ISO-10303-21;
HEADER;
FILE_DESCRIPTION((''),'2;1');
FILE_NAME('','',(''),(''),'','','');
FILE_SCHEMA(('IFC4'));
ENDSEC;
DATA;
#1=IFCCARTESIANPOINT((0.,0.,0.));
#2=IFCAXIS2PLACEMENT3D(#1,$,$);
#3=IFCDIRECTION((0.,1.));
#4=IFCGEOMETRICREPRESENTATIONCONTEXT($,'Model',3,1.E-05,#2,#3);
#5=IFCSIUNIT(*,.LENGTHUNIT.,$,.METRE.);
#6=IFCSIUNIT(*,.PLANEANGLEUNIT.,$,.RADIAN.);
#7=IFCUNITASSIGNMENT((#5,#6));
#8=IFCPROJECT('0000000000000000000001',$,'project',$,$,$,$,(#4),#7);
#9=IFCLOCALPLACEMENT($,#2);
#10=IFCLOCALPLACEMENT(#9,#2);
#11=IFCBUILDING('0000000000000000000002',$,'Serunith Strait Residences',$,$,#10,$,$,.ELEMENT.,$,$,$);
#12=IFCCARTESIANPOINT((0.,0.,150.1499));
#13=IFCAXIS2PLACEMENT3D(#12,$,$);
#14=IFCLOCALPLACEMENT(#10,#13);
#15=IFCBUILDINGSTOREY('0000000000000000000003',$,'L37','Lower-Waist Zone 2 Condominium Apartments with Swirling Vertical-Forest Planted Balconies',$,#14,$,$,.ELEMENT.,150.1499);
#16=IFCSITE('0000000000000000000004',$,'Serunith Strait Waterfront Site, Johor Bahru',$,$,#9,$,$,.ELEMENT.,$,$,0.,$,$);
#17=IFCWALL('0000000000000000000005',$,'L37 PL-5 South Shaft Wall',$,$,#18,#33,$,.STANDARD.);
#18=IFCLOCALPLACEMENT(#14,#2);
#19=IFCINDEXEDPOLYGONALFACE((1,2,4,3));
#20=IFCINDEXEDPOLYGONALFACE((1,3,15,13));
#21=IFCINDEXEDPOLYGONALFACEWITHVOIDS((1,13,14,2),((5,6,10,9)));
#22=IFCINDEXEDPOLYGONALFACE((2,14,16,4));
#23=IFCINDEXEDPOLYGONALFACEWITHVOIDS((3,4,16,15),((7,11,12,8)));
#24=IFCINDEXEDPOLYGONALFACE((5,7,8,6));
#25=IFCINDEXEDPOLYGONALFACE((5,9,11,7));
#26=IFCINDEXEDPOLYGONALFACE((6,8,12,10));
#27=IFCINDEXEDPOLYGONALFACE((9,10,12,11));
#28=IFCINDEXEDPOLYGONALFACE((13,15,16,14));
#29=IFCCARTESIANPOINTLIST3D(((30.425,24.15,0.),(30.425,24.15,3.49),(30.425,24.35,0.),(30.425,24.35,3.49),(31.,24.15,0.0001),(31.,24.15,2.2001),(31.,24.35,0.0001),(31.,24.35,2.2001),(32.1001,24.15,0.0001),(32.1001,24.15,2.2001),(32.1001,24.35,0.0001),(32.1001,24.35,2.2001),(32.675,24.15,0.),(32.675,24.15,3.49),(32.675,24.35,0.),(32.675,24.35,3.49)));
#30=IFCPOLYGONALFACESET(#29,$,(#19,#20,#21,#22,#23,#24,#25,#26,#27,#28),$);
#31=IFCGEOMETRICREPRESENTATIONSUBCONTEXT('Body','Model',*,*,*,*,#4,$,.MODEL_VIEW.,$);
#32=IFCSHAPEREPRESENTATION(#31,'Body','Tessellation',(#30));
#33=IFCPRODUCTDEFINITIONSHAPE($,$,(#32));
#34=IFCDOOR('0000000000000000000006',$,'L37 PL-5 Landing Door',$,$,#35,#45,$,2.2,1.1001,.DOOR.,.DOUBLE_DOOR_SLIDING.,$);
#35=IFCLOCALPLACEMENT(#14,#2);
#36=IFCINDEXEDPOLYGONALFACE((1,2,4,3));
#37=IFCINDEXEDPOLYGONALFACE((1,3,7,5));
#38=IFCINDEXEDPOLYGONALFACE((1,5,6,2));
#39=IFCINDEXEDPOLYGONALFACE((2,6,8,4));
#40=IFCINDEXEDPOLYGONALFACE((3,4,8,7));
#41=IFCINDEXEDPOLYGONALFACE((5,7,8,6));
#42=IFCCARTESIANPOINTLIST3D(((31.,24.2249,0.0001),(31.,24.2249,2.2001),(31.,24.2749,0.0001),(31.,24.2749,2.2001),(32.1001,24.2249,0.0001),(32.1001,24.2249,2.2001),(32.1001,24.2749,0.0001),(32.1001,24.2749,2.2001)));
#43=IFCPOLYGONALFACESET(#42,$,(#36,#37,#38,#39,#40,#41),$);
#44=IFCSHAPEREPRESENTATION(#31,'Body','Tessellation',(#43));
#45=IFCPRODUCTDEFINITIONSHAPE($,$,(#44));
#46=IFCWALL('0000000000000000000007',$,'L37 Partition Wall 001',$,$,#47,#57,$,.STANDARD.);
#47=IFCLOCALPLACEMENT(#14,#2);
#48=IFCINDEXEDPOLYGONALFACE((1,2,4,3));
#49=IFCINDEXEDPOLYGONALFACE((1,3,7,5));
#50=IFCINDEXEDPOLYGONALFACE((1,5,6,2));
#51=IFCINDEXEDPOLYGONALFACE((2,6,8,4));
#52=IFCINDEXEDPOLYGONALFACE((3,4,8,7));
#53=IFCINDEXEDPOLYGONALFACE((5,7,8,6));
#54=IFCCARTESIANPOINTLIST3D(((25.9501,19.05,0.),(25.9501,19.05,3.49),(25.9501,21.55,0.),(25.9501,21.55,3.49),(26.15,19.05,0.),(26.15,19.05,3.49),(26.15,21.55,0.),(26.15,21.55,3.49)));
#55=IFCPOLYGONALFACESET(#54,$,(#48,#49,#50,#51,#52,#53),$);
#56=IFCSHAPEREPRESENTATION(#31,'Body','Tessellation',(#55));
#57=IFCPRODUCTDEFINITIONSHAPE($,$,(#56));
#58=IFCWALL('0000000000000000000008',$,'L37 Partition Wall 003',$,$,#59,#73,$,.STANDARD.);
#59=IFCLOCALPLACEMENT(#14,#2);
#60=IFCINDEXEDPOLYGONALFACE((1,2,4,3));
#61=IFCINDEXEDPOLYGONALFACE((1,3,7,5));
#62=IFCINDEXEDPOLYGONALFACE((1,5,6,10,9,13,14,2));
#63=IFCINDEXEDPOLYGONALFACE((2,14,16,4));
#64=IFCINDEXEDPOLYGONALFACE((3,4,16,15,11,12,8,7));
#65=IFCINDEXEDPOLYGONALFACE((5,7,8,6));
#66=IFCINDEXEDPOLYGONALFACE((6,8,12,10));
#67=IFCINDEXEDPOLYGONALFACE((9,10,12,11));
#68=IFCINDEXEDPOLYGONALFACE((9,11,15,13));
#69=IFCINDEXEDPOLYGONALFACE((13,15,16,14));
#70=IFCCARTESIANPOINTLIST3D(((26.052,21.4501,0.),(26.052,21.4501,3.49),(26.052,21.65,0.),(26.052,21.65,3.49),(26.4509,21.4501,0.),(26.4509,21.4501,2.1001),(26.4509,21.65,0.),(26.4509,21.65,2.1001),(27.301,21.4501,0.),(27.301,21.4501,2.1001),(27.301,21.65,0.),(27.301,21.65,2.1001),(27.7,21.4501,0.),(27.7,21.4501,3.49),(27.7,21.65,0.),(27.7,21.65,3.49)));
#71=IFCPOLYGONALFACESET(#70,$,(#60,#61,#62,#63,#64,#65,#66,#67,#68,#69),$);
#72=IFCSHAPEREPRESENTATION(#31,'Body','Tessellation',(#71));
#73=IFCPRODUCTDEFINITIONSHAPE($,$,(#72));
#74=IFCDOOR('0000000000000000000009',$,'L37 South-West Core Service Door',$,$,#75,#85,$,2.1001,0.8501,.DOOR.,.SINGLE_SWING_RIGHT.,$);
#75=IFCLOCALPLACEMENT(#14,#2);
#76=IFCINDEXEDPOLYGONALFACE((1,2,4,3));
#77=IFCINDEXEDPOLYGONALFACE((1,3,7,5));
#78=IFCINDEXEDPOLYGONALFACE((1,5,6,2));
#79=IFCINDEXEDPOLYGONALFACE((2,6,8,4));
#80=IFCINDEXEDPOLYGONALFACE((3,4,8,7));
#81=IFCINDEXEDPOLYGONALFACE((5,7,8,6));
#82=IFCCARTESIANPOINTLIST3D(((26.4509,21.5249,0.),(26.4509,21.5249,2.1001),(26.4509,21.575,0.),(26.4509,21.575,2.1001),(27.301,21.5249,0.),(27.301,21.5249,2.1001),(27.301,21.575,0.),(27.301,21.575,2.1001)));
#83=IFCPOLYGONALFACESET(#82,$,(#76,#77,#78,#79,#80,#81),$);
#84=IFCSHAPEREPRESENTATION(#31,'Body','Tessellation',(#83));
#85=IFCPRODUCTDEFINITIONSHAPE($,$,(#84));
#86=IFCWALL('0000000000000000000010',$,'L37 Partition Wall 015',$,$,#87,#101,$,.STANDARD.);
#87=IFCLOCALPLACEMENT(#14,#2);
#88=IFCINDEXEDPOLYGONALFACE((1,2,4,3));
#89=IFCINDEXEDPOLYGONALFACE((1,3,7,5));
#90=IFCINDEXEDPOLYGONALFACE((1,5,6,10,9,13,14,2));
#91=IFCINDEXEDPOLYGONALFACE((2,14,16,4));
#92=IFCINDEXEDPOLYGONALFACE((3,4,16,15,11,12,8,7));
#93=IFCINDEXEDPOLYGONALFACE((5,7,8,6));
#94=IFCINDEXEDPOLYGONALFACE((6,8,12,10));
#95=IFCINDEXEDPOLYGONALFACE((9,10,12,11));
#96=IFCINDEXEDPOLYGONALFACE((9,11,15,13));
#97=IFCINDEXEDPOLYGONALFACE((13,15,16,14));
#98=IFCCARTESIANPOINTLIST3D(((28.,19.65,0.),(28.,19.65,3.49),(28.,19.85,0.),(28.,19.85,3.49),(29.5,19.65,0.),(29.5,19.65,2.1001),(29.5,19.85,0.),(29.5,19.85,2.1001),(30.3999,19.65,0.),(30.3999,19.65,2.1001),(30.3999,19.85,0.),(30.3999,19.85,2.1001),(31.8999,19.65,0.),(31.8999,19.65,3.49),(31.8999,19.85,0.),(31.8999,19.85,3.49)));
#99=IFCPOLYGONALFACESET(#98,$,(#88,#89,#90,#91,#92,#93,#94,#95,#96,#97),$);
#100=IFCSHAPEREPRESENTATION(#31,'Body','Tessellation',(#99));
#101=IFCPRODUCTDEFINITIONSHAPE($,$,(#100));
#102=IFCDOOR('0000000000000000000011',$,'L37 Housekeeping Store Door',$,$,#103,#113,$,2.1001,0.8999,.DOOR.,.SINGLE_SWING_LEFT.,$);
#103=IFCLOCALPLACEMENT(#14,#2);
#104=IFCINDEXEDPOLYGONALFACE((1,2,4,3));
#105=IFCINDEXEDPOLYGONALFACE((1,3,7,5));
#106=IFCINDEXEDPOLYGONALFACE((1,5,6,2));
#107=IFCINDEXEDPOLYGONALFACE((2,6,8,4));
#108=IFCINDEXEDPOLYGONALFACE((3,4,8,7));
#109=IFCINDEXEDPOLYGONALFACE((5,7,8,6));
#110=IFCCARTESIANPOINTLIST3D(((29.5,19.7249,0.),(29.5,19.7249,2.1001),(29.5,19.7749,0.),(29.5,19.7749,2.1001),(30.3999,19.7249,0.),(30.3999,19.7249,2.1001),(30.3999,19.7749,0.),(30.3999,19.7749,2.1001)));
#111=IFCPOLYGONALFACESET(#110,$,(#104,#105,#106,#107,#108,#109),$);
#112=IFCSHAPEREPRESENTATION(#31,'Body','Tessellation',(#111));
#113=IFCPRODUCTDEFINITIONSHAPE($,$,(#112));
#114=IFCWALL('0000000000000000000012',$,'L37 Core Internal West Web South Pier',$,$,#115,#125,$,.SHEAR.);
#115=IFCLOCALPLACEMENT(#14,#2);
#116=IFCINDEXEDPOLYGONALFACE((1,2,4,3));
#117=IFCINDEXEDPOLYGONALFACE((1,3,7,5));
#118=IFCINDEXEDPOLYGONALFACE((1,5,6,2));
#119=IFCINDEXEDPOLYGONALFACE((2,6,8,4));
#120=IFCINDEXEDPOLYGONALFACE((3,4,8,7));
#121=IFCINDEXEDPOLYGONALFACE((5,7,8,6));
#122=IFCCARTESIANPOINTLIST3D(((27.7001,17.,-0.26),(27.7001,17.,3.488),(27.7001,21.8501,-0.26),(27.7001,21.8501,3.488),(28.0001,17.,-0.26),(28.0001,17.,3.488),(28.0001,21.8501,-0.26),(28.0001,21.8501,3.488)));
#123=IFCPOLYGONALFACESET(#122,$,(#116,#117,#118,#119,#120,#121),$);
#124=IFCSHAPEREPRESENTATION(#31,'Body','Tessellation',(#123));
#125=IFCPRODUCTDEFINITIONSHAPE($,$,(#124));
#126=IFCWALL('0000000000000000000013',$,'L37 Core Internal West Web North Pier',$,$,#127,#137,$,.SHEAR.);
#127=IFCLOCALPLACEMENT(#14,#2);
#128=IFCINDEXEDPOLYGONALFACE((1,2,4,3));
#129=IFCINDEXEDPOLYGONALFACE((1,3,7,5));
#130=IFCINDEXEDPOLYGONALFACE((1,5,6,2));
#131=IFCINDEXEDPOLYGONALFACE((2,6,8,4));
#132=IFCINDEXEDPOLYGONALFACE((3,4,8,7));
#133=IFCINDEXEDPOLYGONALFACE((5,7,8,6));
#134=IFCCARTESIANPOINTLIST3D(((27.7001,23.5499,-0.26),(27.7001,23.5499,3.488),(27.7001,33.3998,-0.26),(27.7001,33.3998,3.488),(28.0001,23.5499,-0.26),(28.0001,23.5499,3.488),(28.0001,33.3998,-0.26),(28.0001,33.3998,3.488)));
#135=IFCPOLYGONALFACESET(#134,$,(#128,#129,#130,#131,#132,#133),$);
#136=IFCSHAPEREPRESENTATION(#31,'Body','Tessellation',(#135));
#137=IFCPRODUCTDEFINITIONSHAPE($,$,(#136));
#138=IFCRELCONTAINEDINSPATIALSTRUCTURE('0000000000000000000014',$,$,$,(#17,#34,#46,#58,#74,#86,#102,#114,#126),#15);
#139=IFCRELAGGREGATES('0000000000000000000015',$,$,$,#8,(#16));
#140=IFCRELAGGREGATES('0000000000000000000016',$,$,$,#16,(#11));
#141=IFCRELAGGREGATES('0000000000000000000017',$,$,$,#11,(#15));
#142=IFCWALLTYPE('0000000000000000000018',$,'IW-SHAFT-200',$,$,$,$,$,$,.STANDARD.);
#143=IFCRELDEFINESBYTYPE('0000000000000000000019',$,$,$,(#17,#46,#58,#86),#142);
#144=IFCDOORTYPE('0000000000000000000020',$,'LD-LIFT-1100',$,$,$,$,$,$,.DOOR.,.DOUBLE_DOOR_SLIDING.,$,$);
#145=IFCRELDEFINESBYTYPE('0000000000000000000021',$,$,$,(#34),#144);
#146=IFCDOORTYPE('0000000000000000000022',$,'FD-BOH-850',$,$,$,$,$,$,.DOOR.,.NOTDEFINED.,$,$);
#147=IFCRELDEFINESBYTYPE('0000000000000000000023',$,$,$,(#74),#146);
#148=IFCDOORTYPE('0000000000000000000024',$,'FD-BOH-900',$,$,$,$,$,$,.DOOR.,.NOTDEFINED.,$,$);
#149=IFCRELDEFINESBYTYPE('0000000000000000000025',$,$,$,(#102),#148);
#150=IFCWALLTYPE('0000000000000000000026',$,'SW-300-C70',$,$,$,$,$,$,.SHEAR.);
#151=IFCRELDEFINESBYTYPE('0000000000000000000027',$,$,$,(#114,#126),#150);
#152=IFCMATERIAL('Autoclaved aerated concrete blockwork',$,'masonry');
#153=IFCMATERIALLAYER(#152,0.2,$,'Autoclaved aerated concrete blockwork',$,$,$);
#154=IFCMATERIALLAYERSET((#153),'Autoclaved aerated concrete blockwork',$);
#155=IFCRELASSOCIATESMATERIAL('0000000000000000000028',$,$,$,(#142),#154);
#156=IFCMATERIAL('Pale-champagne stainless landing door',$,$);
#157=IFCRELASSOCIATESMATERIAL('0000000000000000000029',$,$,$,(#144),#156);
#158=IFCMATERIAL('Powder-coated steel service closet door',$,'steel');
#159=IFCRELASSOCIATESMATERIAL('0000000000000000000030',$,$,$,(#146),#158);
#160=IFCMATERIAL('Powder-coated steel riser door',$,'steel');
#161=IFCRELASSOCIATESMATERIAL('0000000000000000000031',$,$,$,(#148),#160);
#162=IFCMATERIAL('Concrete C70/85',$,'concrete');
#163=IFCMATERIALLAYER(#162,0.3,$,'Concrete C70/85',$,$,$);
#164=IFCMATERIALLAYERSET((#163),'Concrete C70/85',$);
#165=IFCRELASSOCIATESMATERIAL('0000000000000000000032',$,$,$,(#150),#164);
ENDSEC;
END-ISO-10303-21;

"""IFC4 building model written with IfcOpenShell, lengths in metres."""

from ifc_helpers import new_model, si_unit, direction, frame, frame_2d, origin, place, context, subcontext, project, spatial, rectangle, extrude, source, transform, mapped, material, layer, layer_set, type_object, element, fill, save


model = new_model("IFC4")

# Units and contexts
model_context = context("Model", 3, precision=1e-05, world=origin(), true_north=direction((0.0, 1.0)))
body_context = subcontext(model_context, "Body", "Model", "MODEL_VIEW")
ifc_project = project(units=[si_unit("LENGTHUNIT", "METRE"), si_unit("PLANEANGLEUNIT", "RADIAN")], contexts=[model_context])

# Site, building, storey
site_placement = place(None, origin())
site = spatial("IfcSite", under=ifc_project, at=site_placement, Name="Serunith Strait Waterfront Site, Johor Bahru", CompositionType="ELEMENT", RefElevation=0.0)
building_placement = place(site_placement, origin())
building = spatial("IfcBuilding", under=site, at=building_placement, Name="Serunith Strait Residences", CompositionType="ELEMENT")
storey_placement = place(building_placement, frame((0.0, 0.0, 150.1499)))
storey = spatial("IfcBuildingStorey", under=building, at=storey_placement, Name="L37", Description="Lower-Waist Zone 2 Condominium Apartments with Swirling Vertical-Forest Planted Balconies", CompositionType="ELEMENT", Elevation=150.1499)

# Wall, opening, door
ifc_material_1 = material(Name="Autoclaved aerated concrete blockwork", Category="masonry")
ifc_layer_1 = layer(ifc_material_1, 0.2, Name="Autoclaved aerated concrete blockwork")
ifc_layer_set_1 = layer_set([ifc_layer_1], Name="Autoclaved aerated concrete blockwork")
wall_type_1 = type_object("IfcWallType", Name="IW-SHAFT-200", PredefinedType="STANDARD", material=ifc_layer_set_1)
ifc_material_2 = material(Name="Pale-champagne stainless landing door")
door_type_1 = type_object("IfcDoorType", Name="LD-LIFT-1100", OperationType="DOUBLE_DOOR_SLIDING", PredefinedType="DOOR", material=ifc_material_2)
shared_shape_1 = source(origin(), body_context, "Body", "SweptSolid", [
    extrude(rectangle(XDim=1.1001, YDim=2.2, at=frame_2d((0.55, 1.1001))), frame((0.0, 0.0249, 0.0), z_axis=(0.0, -1.0, 0.0), x_axis=(1.0, 0.0, 0.0)), (0.0, 0.0, 1.0), 0.05),
])
wall_1_placement = place(storey_placement, frame((30.425, 24.25, 0.0), z_axis=(0.0, 0.0, 1.0), x_axis=(1.0, 0.0, 0.0)))
wall_1 = element("IfcWall", 1, at=wall_1_placement, inside=storey, type_object=wall_type_1, Name="L37 PL-5 South Shaft Wall", PredefinedType="STANDARD", context=body_context, shape_type="SweptSolid", body=[
    extrude(rectangle(XDim=2.25, YDim=0.2, at=frame_2d((1.125, 0.0))), origin(), (0.0, 0.0, 1.0), 3.49),
])
opening_1_placement = place(wall_1_placement, frame((0.575, 0.0, 0.0)))
opening_1 = element("IfcOpeningElement", 2, at=opening_1_placement, cuts=wall_1, PredefinedType="OPENING", context=body_context, shape_type="SweptSolid", body=[
    extrude(rectangle(XDim=1.1001, YDim=2.2, at=frame_2d((0.55, 1.1001))), frame((0.0, 0.1099, 0.0), z_axis=(0.0, -1.0, 0.0), x_axis=(1.0, 0.0, 0.0)), (0.0, 0.0, 1.0), 0.22),
])
door_1_placement = place(opening_1_placement, origin())
door_1 = element("IfcDoor", 3, at=door_1_placement, inside=storey, type_object=door_type_1, Name="L37 PL-5 Landing Door", OperationType="DOUBLE_DOOR_SLIDING", OverallHeight=2.2, OverallWidth=1.1001, PredefinedType="DOOR", context=body_context, shape_type="MappedRepresentation", body=[
    mapped(shared_shape_1, transform((0.0, 0.0, 0.0), scale=1.0)),
])
fill(opening_1, door_1)

# Wall
wall_2_placement = place(storey_placement, frame((26.05, 19.05, 0.0), z_axis=(0.0, 0.0, 1.0), x_axis=(0.0, 1.0, 0.0)))
element("IfcWall", 4, at=wall_2_placement, inside=storey, type_object=wall_type_1, Name="L37 Partition Wall 001", PredefinedType="STANDARD", context=body_context, shape_type="SweptSolid", body=[
    extrude(rectangle(XDim=2.5, YDim=0.2, at=frame_2d((1.25, 0.0))), origin(), (0.0, 0.0, 1.0), 3.49),
])

# Walls, openings, doors
wall_3_placement = place(storey_placement, frame((26.052, 21.55, 0.0), z_axis=(0.0, 0.0, 1.0), x_axis=(1.0, 0.0, 0.0)))
wall_3 = element("IfcWall", 5, at=wall_3_placement, inside=storey, type_object=wall_type_1, Name="L37 Partition Wall 003", PredefinedType="STANDARD", context=body_context, shape_type="SweptSolid", body=[
    extrude(rectangle(XDim=1.6479, YDim=0.2, at=frame_2d((0.824, 0.0))), origin(), (0.0, 0.0, 1.0), 3.49),
])
opening_2_placement = place(wall_3_placement, frame((0.3989, 0.0, 0.0)))
opening_2 = element("IfcOpeningElement", 6, at=opening_2_placement, cuts=wall_3, PredefinedType="OPENING", context=body_context, shape_type="SweptSolid", body=[
    extrude(rectangle(XDim=0.8501, YDim=2.1001, at=frame_2d((0.425, 1.05))), frame((0.0, 0.1099, 0.0), z_axis=(0.0, -1.0, 0.0), x_axis=(1.0, 0.0, 0.0)), (0.0, 0.0, 1.0), 0.22),
])
ifc_material_3 = material(Name="Powder-coated steel service closet door", Category="steel")
door_type_2 = type_object("IfcDoorType", Name="FD-BOH-850", OperationType="NOTDEFINED", PredefinedType="DOOR", material=ifc_material_3)
shared_shape_2 = source(origin(), body_context, "Body", "SweptSolid", [
    extrude(rectangle(XDim=0.8501, YDim=2.1001, at=frame_2d((0.425, 1.05))), frame((0.0, 0.0249, 0.0), z_axis=(0.0, -1.0, 0.0), x_axis=(1.0, 0.0, 0.0)), (0.0, 0.0, 1.0), 0.05),
])
door_2_placement = place(opening_2_placement, origin())
door_2 = element("IfcDoor", 7, at=door_2_placement, inside=storey, type_object=door_type_2, Name="L37 South-West Core Service Door", OperationType="SINGLE_SWING_RIGHT", OverallHeight=2.1001, OverallWidth=0.8501, PredefinedType="DOOR", context=body_context, shape_type="MappedRepresentation", body=[
    mapped(shared_shape_2, transform((0.0, 0.0, 0.0), scale=1.0)),
])
fill(opening_2, door_2)
wall_4_placement = place(storey_placement, frame((28.0, 19.75, 0.0), z_axis=(0.0, 0.0, 1.0), x_axis=(1.0, 0.0, 0.0)))
wall_4 = element("IfcWall", 8, at=wall_4_placement, inside=storey, type_object=wall_type_1, Name="L37 Partition Wall 015", PredefinedType="STANDARD", context=body_context, shape_type="SweptSolid", body=[
    extrude(rectangle(XDim=3.8999, YDim=0.2, at=frame_2d((1.95, 0.0))), origin(), (0.0, 0.0, 1.0), 3.49),
])
opening_3_placement = place(wall_4_placement, frame((1.5, 0.0, 0.0)))
opening_3 = element("IfcOpeningElement", 9, at=opening_3_placement, cuts=wall_4, PredefinedType="OPENING", context=body_context, shape_type="SweptSolid", body=[
    extrude(rectangle(XDim=0.8999, YDim=2.1001, at=frame_2d((0.45, 1.05))), frame((0.0, 0.1099, 0.0), z_axis=(0.0, -1.0, 0.0), x_axis=(1.0, 0.0, 0.0)), (0.0, 0.0, 1.0), 0.22),
])
ifc_material_4 = material(Name="Powder-coated steel riser door", Category="steel")
door_type_3 = type_object("IfcDoorType", Name="FD-BOH-900", OperationType="NOTDEFINED", PredefinedType="DOOR", material=ifc_material_4)
shared_shape_3 = source(origin(), body_context, "Body", "SweptSolid", [
    extrude(rectangle(XDim=0.8999, YDim=2.1001, at=frame_2d((0.45, 1.05))), frame((0.0, 0.0249, 0.0), z_axis=(0.0, -1.0, 0.0), x_axis=(1.0, 0.0, 0.0)), (0.0, 0.0, 1.0), 0.05),
])
door_3_placement = place(opening_3_placement, origin())
door_3 = element("IfcDoor", 10, at=door_3_placement, inside=storey, type_object=door_type_3, Name="L37 Housekeeping Store Door", OperationType="SINGLE_SWING_LEFT", OverallHeight=2.1001, OverallWidth=0.8999, PredefinedType="DOOR", context=body_context, shape_type="MappedRepresentation", body=[
    mapped(shared_shape_3, transform((0.0, 0.0, 0.0), scale=1.0)),
])
fill(opening_3, door_3)

# Walls
ifc_material_5 = material(Name="Concrete C70/85", Category="concrete")
ifc_layer_2 = layer(ifc_material_5, 0.3, Name="Concrete C70/85")
ifc_layer_set_2 = layer_set([ifc_layer_2], Name="Concrete C70/85")
wall_type_2 = type_object("IfcWallType", Name="SW-300-C70", PredefinedType="SHEAR", material=ifc_layer_set_2)
wall_5_placement = place(storey_placement, frame((27.8501, 17.0, -0.26), z_axis=(0.0, 0.0, 1.0), x_axis=(0.0, 1.0, 0.0)))
element("IfcWall", 11, at=wall_5_placement, inside=storey, type_object=wall_type_2, Name="L37 Core Internal West Web South Pier", PredefinedType="SHEAR", context=body_context, shape_type="SweptSolid", body=[
    extrude(rectangle(XDim=4.8501, YDim=0.3, at=frame_2d((2.425, 0.0))), origin(), (0.0, 0.0, 1.0), 3.748),
])
wall_6_placement = place(storey_placement, frame((27.8501, 23.55, -0.26), z_axis=(0.0, 0.0, 1.0), x_axis=(0.0, 1.0, 0.0)))
element("IfcWall", 12, at=wall_6_placement, inside=storey, type_object=wall_type_2, Name="L37 Core Internal West Web North Pier", PredefinedType="SHEAR", context=body_context, shape_type="SweptSolid", body=[
    extrude(rectangle(XDim=9.8499, YDim=0.3, at=frame_2d((4.9248, 0.0))), origin(), (0.0, 0.0, 1.0), 3.748),
])

save(model, "model.ifc")
